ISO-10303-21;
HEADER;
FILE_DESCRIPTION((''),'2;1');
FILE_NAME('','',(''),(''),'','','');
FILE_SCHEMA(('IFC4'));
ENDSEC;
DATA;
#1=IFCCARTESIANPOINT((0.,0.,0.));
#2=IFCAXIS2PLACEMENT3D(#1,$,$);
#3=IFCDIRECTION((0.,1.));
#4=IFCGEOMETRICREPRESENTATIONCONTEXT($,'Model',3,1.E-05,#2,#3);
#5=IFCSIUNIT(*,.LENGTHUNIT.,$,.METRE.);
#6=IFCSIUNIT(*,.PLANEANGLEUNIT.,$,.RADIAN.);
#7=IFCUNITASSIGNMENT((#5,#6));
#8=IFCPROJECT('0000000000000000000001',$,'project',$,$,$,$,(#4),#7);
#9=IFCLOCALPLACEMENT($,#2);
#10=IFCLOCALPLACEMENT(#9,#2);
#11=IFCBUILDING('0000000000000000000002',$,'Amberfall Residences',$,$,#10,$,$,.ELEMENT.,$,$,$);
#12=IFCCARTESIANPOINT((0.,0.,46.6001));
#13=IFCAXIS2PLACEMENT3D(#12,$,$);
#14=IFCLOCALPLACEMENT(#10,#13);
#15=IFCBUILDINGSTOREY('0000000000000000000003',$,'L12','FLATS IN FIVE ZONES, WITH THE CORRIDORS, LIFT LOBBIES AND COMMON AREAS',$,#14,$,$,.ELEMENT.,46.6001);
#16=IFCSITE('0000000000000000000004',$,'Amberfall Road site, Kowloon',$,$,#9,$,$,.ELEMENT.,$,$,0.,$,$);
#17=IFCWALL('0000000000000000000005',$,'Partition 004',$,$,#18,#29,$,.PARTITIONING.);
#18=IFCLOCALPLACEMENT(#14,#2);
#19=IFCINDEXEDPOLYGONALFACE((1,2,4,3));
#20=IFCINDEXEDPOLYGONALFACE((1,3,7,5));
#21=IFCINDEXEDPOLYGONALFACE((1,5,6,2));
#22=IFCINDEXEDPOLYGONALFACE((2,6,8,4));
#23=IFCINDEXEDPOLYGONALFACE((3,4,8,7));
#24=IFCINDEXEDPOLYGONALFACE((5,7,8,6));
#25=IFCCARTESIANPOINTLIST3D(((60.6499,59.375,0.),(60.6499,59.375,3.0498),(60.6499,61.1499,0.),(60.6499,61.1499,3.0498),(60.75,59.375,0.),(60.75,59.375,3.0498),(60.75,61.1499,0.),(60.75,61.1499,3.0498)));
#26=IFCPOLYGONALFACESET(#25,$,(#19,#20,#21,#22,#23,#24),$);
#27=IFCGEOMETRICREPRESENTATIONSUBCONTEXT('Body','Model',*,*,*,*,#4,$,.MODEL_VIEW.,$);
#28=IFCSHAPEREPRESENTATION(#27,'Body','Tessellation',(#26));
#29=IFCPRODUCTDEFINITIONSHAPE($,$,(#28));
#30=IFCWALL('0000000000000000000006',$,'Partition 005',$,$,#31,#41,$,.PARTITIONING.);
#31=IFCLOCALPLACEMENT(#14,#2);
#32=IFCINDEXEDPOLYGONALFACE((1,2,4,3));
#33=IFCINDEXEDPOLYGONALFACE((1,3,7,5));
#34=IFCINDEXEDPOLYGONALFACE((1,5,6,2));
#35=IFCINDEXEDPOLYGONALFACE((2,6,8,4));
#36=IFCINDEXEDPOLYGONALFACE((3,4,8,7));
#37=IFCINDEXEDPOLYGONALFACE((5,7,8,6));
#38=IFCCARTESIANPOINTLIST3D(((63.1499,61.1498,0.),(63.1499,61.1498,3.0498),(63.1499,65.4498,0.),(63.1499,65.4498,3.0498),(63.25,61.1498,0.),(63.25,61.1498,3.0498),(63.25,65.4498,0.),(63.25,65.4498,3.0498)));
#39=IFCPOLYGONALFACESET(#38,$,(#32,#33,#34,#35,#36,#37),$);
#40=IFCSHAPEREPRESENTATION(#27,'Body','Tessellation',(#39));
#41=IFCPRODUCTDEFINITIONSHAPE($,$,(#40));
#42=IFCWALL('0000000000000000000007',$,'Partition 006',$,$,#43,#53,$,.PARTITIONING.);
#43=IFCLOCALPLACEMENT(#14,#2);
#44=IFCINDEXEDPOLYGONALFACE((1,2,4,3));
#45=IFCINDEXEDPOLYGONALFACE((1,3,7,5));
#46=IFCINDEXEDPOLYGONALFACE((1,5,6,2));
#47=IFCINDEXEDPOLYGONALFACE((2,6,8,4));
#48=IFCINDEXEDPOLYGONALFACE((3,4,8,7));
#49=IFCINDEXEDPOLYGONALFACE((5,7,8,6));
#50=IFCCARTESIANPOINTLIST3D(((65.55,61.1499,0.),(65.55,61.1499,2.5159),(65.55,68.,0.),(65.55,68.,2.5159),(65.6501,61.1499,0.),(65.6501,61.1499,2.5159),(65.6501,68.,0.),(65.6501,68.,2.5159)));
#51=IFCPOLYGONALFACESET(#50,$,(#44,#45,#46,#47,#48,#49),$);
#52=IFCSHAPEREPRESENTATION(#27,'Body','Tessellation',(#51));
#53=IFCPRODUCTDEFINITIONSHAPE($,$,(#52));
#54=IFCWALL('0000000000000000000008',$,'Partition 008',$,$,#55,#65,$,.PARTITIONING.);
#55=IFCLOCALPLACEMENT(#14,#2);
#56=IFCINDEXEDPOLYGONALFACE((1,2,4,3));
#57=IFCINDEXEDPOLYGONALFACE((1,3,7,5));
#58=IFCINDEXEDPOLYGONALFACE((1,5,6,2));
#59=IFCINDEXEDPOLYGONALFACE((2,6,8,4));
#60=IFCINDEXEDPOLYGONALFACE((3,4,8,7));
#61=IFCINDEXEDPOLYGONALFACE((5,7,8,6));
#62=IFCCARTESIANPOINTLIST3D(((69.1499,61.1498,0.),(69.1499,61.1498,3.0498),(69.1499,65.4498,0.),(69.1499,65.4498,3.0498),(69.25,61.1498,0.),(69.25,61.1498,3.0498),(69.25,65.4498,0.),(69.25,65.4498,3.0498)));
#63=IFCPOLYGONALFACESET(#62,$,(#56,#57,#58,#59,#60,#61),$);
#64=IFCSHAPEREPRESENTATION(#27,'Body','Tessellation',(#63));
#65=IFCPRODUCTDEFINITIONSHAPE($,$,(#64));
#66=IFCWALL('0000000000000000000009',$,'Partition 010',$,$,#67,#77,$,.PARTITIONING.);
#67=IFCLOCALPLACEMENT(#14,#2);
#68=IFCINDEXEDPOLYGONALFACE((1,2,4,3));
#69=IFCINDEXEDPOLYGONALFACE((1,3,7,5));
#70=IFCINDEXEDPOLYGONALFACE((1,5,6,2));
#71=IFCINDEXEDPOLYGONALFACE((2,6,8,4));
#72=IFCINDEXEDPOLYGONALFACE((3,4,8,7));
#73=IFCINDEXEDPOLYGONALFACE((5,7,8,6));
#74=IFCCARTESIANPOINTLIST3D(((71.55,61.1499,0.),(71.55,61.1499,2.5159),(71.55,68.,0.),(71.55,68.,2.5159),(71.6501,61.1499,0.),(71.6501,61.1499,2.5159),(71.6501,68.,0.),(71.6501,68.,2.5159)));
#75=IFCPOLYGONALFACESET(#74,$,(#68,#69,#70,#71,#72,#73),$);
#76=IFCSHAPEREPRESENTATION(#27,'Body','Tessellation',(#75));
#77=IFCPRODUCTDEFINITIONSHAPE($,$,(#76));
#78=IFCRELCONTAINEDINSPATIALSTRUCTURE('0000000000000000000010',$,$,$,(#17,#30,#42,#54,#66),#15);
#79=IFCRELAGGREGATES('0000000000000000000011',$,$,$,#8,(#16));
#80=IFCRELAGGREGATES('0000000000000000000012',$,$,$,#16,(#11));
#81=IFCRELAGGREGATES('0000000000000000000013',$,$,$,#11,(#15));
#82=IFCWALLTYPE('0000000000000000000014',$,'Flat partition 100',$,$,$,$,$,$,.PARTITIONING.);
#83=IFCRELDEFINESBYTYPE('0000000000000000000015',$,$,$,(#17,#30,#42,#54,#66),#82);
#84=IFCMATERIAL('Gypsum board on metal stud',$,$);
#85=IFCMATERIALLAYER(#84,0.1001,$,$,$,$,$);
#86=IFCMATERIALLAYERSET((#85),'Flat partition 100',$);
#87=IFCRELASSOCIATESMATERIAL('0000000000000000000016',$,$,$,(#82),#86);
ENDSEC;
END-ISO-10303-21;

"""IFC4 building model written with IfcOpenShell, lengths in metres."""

from ifc_helpers import new_model, si_unit, direction, frame, frame_2d, origin, place, context, subcontext, project, spatial, rectangle, extrude, material, layer, layer_set, type_object, element, save


model = new_model("IFC4")

# Units and contexts
model_context = context("Model", 3, precision=1e-05, world=origin(), true_north=direction((0.0, 1.0)))
body_context = subcontext(model_context, "Body", "Model", "MODEL_VIEW")
ifc_project = project(units=[si_unit("LENGTHUNIT", "METRE"), si_unit("PLANEANGLEUNIT", "RADIAN")], contexts=[model_context])

# Site, building, storey
site_placement = place(None, origin())
site = spatial("IfcSite", under=ifc_project, at=site_placement, Name="Amberfall Road site, Kowloon", CompositionType="ELEMENT", RefElevation=0.0)
building_placement = place(site_placement, origin())
building = spatial("IfcBuilding", under=site, at=building_placement, Name="Amberfall Residences", CompositionType="ELEMENT")
storey_placement = place(building_placement, frame((0.0, 0.0, 46.6001)))
storey = spatial("IfcBuildingStorey", under=building, at=storey_placement, Name="L12", Description="FLATS IN FIVE ZONES, WITH THE CORRIDORS, LIFT LOBBIES AND COMMON AREAS", CompositionType="ELEMENT", Elevation=46.6001)

# Walls
ifc_material_1 = material(Name="Gypsum board on metal stud")
ifc_layer_1 = layer(ifc_material_1, 0.1001)
ifc_layer_set_1 = layer_set([ifc_layer_1], Name="Flat partition 100")
wall_type_1 = type_object("IfcWallType", Name="Flat partition 100", PredefinedType="PARTITIONING", material=ifc_layer_set_1)
wall_1_placement = place(storey_placement, frame((60.7, 59.375, 0.0), z_axis=(0.0, 0.0, 1.0), x_axis=(0.0, 1.0, 0.0)))
element("IfcWall", 1, at=wall_1_placement, inside=storey, type_object=wall_type_1, Name="Partition 004", PredefinedType="PARTITIONING", context=body_context, shape_type="SweptSolid", body=[
    extrude(rectangle(XDim=1.7749, YDim=0.1001, at=frame_2d((0.8875, 0.0))), origin(), (0.0, 0.0, 1.0), 3.0498),
])
wall_2_placement = place(storey_placement, frame((63.2, 61.1499, 0.0), z_axis=(0.0, 0.0, 1.0), x_axis=(0.0, 1.0, 0.0)))
element("IfcWall", 2, at=wall_2_placement, inside=storey, type_object=wall_type_1, Name="Partition 005", PredefinedType="PARTITIONING", context=body_context, shape_type="SweptSolid", body=[
    extrude(rectangle(XDim=4.3, YDim=0.1001, at=frame_2d((2.1499, 0.0))), origin(), (0.0, 0.0, 1.0), 3.0498),
])
wall_3_placement = place(storey_placement, frame((65.6001, 61.1499, 0.0), z_axis=(0.0, 0.0, 1.0), x_axis=(0.0, 1.0, 0.0)))
element("IfcWall", 3, at=wall_3_placement, inside=storey, type_object=wall_type_1, Name="Partition 006", PredefinedType="PARTITIONING", context=body_context, shape_type="SweptSolid", body=[
    extrude(rectangle(XDim=6.8501, YDim=0.1001, at=frame_2d((3.425, 0.0))), origin(), (0.0, 0.0, 1.0), 2.5159),
])
wall_4_placement = place(storey_placement, frame((69.2, 61.1499, 0.0), z_axis=(0.0, 0.0, 1.0), x_axis=(0.0, 1.0, 0.0)))
element("IfcWall", 4, at=wall_4_placement, inside=storey, type_object=wall_type_1, Name="Partition 008", PredefinedType="PARTITIONING", context=body_context, shape_type="SweptSolid", body=[
    extrude(rectangle(XDim=4.3, YDim=0.1001, at=frame_2d((2.1499, 0.0))), origin(), (0.0, 0.0, 1.0), 3.0498),
])
wall_5_placement = place(storey_placement, frame((71.6001, 61.1499, 0.0), z_axis=(0.0, 0.0, 1.0), x_axis=(0.0, 1.0, 0.0)))
element("IfcWall", 5, at=wall_5_placement, inside=storey, type_object=wall_type_1, Name="Partition 010", PredefinedType="PARTITIONING", context=body_context, shape_type="SweptSolid", body=[
    extrude(rectangle(XDim=6.8501, YDim=0.1001, at=frame_2d((3.425, 0.0))), origin(), (0.0, 0.0, 1.0), 2.5159),
])

save(model, "model.ifc")
